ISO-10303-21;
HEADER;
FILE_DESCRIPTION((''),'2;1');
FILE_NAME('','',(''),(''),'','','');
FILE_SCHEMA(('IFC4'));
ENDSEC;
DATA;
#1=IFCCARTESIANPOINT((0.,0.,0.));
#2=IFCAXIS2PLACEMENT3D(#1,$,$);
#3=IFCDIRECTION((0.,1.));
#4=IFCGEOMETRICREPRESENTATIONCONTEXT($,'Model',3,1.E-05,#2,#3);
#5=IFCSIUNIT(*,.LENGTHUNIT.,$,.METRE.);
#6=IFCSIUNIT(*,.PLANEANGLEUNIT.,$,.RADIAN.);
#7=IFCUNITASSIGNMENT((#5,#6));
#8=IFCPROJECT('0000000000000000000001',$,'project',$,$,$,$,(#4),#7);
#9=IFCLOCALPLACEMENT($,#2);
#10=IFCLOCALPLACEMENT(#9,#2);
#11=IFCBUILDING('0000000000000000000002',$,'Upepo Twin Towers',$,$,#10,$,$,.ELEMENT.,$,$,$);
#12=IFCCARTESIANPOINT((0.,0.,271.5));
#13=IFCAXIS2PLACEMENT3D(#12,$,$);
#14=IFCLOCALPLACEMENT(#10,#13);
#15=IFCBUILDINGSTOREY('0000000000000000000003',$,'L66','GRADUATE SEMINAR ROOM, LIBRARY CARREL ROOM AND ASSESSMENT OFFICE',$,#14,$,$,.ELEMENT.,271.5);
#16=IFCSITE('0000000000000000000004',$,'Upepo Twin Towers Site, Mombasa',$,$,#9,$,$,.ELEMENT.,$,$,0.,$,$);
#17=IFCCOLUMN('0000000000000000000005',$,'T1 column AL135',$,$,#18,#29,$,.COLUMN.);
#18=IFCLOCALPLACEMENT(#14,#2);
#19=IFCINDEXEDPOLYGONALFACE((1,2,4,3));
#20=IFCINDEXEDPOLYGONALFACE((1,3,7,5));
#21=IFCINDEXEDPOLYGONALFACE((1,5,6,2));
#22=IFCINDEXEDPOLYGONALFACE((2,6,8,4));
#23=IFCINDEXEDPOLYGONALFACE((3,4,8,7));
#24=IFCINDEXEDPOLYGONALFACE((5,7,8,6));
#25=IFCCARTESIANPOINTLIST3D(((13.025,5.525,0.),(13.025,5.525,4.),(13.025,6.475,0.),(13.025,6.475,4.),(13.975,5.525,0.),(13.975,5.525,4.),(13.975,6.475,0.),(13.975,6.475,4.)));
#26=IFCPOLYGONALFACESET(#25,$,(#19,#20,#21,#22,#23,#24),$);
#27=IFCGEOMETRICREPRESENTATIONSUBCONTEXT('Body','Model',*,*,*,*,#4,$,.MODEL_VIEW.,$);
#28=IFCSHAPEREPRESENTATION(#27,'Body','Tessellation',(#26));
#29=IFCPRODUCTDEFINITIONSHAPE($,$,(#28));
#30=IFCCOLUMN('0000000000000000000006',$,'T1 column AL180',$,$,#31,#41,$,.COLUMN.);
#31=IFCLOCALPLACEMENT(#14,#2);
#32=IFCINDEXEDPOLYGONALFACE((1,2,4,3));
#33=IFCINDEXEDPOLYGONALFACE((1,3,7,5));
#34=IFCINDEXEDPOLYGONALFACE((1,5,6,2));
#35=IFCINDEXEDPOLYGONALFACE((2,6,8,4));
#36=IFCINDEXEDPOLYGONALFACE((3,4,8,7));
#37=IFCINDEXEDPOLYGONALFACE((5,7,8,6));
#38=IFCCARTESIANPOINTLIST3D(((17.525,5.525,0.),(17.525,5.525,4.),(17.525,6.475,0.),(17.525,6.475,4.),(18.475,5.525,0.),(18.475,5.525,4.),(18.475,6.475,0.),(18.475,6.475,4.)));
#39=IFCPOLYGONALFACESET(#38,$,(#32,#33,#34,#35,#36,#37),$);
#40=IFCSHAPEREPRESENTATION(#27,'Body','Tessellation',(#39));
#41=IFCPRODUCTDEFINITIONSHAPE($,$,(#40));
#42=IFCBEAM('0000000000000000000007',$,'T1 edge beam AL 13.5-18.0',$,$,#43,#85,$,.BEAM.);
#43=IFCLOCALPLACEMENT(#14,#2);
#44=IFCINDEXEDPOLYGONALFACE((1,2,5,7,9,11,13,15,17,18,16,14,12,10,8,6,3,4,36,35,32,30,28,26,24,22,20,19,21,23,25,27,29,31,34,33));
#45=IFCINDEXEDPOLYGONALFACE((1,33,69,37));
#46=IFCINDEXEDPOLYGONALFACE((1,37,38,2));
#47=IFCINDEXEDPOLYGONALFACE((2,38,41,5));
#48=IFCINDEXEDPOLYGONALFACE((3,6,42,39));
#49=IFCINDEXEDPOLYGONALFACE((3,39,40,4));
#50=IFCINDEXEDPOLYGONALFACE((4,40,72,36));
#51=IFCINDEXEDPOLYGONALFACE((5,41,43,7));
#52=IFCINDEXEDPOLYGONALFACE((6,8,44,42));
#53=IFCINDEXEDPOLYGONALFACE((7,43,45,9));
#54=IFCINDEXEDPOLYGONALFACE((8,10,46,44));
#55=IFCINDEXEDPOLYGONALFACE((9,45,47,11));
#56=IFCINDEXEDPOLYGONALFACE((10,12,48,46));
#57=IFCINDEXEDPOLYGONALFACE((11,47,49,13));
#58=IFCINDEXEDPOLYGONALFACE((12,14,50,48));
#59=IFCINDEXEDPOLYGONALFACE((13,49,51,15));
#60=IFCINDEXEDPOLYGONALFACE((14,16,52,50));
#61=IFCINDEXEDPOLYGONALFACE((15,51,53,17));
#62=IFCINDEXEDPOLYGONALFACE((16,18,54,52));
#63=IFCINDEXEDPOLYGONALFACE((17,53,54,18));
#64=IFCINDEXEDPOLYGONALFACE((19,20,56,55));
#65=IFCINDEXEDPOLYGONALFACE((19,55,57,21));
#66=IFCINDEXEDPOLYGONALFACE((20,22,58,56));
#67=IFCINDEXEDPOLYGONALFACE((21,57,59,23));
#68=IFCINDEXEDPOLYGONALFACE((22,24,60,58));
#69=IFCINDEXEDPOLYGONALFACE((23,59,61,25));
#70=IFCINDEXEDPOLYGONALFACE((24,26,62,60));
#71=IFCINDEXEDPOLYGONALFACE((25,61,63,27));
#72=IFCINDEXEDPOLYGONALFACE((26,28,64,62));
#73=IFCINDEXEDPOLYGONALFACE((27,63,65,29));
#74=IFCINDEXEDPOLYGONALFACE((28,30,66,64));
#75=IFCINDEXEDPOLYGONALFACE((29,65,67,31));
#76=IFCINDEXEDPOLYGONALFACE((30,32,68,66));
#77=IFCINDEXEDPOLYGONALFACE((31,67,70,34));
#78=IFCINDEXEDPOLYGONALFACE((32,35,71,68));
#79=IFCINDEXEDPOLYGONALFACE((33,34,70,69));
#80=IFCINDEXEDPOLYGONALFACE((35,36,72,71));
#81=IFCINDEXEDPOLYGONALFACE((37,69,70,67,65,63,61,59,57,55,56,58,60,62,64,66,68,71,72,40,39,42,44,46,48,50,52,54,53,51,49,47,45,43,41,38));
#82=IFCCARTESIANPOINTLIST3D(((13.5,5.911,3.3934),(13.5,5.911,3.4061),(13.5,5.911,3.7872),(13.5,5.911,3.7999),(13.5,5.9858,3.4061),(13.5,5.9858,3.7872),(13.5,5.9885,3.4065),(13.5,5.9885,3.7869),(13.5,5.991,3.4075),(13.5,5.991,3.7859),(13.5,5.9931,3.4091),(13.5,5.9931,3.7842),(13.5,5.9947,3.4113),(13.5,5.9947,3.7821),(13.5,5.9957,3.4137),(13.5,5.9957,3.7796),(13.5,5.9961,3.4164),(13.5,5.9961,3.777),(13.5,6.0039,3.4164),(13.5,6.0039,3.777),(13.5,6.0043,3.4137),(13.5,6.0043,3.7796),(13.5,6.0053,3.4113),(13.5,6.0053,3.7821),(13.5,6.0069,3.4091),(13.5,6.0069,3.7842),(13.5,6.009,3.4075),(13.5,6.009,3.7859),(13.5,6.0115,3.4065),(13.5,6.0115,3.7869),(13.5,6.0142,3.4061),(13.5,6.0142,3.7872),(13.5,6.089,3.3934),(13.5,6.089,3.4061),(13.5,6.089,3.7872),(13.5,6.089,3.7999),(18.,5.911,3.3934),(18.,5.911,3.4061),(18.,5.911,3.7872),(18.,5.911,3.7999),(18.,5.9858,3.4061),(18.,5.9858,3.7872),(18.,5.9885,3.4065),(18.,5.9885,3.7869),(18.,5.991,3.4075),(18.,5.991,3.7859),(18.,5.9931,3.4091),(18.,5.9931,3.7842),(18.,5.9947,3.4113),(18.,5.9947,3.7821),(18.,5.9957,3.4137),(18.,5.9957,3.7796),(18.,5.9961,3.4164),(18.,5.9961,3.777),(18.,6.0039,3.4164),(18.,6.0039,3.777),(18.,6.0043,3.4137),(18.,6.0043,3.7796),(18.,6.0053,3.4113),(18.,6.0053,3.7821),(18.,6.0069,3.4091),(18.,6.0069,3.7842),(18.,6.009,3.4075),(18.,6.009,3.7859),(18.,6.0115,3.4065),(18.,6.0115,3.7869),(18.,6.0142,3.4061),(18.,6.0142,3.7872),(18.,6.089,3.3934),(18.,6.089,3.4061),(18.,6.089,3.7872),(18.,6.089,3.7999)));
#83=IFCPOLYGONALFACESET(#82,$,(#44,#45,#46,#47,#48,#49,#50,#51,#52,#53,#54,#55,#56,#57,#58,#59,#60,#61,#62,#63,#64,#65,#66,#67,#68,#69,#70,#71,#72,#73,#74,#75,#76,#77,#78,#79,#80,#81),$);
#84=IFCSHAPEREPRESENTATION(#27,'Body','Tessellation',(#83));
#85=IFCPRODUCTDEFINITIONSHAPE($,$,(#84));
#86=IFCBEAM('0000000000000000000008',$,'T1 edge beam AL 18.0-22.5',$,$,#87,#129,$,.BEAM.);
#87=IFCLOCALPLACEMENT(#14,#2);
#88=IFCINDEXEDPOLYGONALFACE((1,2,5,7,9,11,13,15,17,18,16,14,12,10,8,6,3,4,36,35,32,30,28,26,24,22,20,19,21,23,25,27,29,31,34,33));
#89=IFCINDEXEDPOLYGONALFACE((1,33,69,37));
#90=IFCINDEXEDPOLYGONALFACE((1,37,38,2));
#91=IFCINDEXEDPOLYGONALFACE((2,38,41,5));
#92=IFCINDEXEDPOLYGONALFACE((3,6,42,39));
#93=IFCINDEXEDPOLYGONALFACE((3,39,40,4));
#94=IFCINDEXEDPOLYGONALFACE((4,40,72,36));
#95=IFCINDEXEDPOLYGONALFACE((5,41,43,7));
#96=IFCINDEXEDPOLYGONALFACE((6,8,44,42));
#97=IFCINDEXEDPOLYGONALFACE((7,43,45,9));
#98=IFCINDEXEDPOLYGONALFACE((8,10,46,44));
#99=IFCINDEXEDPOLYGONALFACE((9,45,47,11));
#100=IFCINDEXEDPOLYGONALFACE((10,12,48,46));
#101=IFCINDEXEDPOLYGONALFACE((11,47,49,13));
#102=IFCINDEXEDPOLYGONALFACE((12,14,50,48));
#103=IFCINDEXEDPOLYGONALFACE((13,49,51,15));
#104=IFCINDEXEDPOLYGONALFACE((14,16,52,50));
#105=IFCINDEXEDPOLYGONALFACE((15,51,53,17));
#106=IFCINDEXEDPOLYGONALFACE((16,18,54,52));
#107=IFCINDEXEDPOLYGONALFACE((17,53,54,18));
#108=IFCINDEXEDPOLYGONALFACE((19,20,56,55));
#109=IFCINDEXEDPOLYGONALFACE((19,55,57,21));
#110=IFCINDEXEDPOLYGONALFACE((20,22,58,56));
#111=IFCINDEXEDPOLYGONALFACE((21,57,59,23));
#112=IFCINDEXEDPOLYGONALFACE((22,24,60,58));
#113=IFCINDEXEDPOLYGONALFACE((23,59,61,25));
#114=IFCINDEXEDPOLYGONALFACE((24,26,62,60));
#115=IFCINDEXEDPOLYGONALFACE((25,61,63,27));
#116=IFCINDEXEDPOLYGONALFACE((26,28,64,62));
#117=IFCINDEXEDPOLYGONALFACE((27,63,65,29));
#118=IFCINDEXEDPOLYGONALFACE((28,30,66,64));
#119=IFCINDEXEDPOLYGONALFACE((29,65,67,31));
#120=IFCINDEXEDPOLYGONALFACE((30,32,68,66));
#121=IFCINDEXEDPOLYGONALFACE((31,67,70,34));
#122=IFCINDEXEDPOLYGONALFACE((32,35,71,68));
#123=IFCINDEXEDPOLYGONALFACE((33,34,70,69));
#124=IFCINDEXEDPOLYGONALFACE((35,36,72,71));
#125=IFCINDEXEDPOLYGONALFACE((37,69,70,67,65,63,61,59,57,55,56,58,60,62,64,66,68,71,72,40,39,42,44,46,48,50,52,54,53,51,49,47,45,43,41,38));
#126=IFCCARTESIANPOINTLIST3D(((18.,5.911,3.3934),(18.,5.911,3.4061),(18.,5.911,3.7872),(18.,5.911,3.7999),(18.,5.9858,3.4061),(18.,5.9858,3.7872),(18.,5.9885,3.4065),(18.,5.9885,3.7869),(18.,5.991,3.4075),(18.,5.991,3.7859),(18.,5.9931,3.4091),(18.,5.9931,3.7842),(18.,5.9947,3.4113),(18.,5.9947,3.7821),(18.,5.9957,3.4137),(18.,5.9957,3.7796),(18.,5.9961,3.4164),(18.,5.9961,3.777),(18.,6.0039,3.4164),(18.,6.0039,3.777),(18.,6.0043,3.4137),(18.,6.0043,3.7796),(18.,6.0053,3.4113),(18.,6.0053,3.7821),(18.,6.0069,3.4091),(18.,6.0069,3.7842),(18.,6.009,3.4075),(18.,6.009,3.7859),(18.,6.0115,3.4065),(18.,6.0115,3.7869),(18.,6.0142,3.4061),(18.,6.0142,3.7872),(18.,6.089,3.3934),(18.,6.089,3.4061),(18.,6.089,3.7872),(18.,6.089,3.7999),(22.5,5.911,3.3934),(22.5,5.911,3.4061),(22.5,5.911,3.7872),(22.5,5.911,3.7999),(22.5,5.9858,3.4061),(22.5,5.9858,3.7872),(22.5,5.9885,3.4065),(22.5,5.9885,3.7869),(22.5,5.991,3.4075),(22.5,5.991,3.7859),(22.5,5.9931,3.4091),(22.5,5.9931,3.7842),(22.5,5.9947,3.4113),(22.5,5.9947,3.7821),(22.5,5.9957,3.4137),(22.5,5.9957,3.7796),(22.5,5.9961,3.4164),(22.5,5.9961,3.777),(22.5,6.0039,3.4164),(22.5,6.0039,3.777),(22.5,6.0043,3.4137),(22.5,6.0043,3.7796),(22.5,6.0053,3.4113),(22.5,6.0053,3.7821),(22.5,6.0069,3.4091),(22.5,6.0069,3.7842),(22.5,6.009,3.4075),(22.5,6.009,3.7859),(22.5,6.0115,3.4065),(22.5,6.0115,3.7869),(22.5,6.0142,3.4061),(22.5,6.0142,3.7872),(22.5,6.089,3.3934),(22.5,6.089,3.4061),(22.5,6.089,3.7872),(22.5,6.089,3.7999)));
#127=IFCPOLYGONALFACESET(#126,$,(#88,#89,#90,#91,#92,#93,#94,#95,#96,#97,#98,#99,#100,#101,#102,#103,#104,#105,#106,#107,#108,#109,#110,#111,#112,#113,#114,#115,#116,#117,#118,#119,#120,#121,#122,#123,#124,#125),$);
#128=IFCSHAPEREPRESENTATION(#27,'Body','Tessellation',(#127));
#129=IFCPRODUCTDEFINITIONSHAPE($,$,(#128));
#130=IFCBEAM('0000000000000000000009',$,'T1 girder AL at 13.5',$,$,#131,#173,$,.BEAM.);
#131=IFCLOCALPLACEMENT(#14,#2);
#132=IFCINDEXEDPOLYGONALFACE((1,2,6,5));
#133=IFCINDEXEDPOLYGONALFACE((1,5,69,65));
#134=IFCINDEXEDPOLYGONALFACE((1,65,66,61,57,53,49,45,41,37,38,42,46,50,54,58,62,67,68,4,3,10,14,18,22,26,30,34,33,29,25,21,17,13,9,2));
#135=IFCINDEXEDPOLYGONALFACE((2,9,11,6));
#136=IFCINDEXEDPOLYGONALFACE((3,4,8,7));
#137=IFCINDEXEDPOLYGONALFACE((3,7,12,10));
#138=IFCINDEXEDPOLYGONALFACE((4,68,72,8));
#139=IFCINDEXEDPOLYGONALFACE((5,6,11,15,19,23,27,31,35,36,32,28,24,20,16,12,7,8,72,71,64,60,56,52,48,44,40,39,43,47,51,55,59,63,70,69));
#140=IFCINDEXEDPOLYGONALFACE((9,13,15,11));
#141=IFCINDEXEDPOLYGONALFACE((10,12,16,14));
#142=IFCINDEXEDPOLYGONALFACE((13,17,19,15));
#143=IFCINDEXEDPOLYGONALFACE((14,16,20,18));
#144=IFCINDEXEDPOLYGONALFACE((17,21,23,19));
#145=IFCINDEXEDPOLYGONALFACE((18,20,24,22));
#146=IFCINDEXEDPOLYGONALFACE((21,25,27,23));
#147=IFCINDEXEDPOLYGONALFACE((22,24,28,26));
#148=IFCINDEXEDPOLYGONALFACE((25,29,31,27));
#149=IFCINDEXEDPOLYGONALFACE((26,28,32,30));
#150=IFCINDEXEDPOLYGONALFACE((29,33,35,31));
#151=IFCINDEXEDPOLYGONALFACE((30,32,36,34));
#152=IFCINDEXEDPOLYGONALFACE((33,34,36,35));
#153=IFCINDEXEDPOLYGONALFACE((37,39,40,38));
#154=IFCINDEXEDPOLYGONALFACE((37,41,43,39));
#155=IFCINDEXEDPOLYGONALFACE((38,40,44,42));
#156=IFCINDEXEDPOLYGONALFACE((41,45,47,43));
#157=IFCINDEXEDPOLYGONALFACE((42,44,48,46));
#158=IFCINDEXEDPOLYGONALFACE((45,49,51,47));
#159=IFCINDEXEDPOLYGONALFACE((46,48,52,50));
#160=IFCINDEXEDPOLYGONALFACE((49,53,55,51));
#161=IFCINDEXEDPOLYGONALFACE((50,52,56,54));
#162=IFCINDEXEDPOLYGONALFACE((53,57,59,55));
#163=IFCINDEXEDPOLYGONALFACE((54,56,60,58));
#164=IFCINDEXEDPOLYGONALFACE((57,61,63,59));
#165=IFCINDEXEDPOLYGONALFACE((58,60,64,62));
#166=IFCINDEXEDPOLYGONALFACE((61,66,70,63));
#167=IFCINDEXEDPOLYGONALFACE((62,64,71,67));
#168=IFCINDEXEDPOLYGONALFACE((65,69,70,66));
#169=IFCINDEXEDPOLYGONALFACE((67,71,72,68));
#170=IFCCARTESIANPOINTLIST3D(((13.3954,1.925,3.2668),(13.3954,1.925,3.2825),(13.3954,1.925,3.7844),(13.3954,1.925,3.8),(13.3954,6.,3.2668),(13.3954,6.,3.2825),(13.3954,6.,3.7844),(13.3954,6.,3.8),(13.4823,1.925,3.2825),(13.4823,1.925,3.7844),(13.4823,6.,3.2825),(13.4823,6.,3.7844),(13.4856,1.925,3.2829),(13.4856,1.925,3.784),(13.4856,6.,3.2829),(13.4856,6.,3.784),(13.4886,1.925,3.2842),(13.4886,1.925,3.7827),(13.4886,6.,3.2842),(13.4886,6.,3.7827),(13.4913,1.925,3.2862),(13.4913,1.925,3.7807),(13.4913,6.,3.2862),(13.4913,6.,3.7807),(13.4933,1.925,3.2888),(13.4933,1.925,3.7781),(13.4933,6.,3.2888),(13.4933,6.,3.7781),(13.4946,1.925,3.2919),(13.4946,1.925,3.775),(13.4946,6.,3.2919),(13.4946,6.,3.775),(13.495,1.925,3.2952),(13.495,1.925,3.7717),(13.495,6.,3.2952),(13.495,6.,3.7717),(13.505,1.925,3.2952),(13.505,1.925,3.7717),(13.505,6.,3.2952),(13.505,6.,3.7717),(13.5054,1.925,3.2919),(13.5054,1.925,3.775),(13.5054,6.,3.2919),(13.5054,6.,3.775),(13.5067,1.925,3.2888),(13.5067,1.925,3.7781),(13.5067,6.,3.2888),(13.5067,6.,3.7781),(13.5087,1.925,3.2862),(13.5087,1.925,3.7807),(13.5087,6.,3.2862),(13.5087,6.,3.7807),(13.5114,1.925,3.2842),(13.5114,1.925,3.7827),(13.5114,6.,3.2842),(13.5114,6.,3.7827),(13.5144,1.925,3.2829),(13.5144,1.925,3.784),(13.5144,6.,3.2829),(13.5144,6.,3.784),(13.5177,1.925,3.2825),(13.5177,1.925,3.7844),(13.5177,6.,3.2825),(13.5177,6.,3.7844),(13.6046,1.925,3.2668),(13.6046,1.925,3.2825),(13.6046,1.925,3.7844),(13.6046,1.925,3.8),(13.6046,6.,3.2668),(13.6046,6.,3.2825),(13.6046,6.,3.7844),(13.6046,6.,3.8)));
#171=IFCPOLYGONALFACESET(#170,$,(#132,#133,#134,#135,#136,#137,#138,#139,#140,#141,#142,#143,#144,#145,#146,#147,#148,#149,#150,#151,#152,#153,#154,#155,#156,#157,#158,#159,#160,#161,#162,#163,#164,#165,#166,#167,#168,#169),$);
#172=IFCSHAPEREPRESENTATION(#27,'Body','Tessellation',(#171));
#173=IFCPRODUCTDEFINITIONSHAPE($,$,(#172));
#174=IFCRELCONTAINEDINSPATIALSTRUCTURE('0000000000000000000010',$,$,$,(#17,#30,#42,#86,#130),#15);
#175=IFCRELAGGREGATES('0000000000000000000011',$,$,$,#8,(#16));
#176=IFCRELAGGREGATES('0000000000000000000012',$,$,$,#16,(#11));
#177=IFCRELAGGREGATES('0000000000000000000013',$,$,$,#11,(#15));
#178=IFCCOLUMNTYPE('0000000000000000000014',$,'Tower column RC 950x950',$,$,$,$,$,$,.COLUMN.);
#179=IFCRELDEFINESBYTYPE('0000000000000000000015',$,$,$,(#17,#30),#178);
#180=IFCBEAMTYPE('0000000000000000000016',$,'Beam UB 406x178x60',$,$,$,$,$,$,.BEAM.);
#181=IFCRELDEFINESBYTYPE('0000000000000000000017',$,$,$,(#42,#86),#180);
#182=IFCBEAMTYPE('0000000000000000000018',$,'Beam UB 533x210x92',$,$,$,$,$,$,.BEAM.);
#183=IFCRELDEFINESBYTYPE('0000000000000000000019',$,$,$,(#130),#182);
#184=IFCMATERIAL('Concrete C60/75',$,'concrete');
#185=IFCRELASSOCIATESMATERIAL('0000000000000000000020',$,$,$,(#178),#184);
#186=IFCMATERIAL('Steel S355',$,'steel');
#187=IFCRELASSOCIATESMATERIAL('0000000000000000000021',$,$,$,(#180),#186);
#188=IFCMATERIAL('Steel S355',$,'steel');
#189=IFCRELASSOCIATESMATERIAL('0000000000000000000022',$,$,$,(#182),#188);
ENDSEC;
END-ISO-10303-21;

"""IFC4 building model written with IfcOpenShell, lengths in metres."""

from ifc_helpers import new_model, si_unit, direction, frame, origin, origin_2d, place, context, subcontext, project, spatial, rectangle, i_section, extrude, material, material_profile, profile_set, type_object, element, save


model = new_model("IFC4")

# Units and contexts
model_context = context("Model", 3, precision=1e-05, world=origin(), true_north=direction((0.0, 1.0)))
body_context = subcontext(model_context, "Body", "Model", "MODEL_VIEW")
ifc_project = project(units=[si_unit("LENGTHUNIT", "METRE"), si_unit("PLANEANGLEUNIT", "RADIAN")], contexts=[model_context])

# Site, building, storey
site_placement = place(None, origin())
site = spatial("IfcSite", under=ifc_project, at=site_placement, Name="Upepo Twin Towers Site, Mombasa", CompositionType="ELEMENT", RefElevation=0.0)
building_placement = place(site_placement, origin())
building = spatial("IfcBuilding", under=site, at=building_placement, Name="Upepo Twin Towers", CompositionType="ELEMENT")
storey_placement = place(building_placement, frame((0.0, 0.0, 271.5)))
storey = spatial("IfcBuildingStorey", under=building, at=storey_placement, Name="L66", Description="GRADUATE SEMINAR ROOM, LIBRARY CARREL ROOM AND ASSESSMENT OFFICE", CompositionType="ELEMENT", Elevation=271.5)

# Columns
ifc_material_1 = material(Name="Concrete C60/75", Category="concrete")
ifc_material_profile_1 = material_profile(ifc_material_1, rectangle(XDim=0.95, YDim=0.95, at=origin_2d()), Name="RC 950x950")
ifc_profile_set_1 = profile_set([ifc_material_profile_1], Name="Concrete C60/75")
column_type = type_object("IfcColumnType", Name="Tower column RC 950x950", PredefinedType="COLUMN", material=ifc_profile_set_1)
for number, where, z_axis, x_axis, name in (
    (1, (13.5, 6.0, 0.0), (0.0, 0.0, 1.0), (1.0, 0.0, 0.0), "T1 column AL135"),
    (2, (18.0, 6.0, 0.0), (0.0, 0.0, 1.0), (1.0, 0.0, 0.0), "T1 column AL180"),
):
    element("IfcColumn", number, at=place(storey_placement, frame(where, z_axis=z_axis, x_axis=x_axis)), inside=storey, type_object=column_type, Name=name, PredefinedType="COLUMN", context=body_context, shape_type="SweptSolid", body=[
        extrude(rectangle(XDim=0.95, YDim=0.95, at=origin_2d()), origin(), (0.0, 0.0, 1.0), 4.0),
    ])

# Beams
ifc_material_2 = material(Name="Steel S355", Category="steel")
ifc_material_profile_2 = material_profile(ifc_material_2, i_section(OverallWidth=0.178, OverallDepth=0.4065, WebThickness=0.0078, FlangeThickness=0.0127, FilletRadius=0.0103, at=origin_2d()), Name="UB 406x178x60")
ifc_profile_set_2 = profile_set([ifc_material_profile_2], Name="Steel S355")
beam_type_1 = type_object("IfcBeamType", Name="Beam UB 406x178x60", PredefinedType="BEAM", material=ifc_profile_set_2)
for number, where, z_axis, x_axis, name in (
    (3, (13.5, 6.0, 3.5967), (1.0, 0.0, 0.0), (0.0, 1.0, 0.0), "T1 edge beam AL 13.5-18.0"),
    (4, (18.0, 6.0, 3.5967), (1.0, 0.0, 0.0), (0.0, 1.0, 0.0), "T1 edge beam AL 18.0-22.5"),
):
    element("IfcBeam", number, at=place(storey_placement, frame(where, z_axis=z_axis, x_axis=x_axis)), inside=storey, type_object=beam_type_1, Name=name, PredefinedType="BEAM", context=body_context, shape_type="SweptSolid", body=[
        extrude(i_section(OverallWidth=0.178, OverallDepth=0.4065, WebThickness=0.0078, FlangeThickness=0.0127, FilletRadius=0.0103, at=origin_2d()), origin(), (0.0, 0.0, 1.0), 4.5),
    ])
ifc_material_3 = material(Name="Steel S355", Category="steel")
ifc_material_profile_3 = material_profile(ifc_material_3, i_section(OverallWidth=0.2092, OverallDepth=0.5332, WebThickness=0.01, FlangeThickness=0.0156, FilletRadius=0.0127, at=origin_2d()), Name="UB 533x210x92")
ifc_profile_set_3 = profile_set([ifc_material_profile_3], Name="Steel S355")
beam_type_2 = type_object("IfcBeamType", Name="Beam UB 533x210x92", PredefinedType="BEAM", material=ifc_profile_set_3)
for number, where, z_axis, x_axis, name in (
    (5, (13.5, 6.0, 3.5334), (0.0, -1.0, 0.0), (1.0, 0.0, 0.0), "T1 girder AL at 13.5"),
):
    element("IfcBeam", number, at=place(storey_placement, frame(where, z_axis=z_axis, x_axis=x_axis)), inside=storey, type_object=beam_type_2, Name=name, PredefinedType="BEAM", context=body_context, shape_type="SweptSolid", body=[
        extrude(i_section(OverallWidth=0.2092, OverallDepth=0.5332, WebThickness=0.01, FlangeThickness=0.0156, FilletRadius=0.0127, at=origin_2d()), origin(), (0.0, 0.0, 1.0), 4.075),
    ])

save(model, "model.ifc")
